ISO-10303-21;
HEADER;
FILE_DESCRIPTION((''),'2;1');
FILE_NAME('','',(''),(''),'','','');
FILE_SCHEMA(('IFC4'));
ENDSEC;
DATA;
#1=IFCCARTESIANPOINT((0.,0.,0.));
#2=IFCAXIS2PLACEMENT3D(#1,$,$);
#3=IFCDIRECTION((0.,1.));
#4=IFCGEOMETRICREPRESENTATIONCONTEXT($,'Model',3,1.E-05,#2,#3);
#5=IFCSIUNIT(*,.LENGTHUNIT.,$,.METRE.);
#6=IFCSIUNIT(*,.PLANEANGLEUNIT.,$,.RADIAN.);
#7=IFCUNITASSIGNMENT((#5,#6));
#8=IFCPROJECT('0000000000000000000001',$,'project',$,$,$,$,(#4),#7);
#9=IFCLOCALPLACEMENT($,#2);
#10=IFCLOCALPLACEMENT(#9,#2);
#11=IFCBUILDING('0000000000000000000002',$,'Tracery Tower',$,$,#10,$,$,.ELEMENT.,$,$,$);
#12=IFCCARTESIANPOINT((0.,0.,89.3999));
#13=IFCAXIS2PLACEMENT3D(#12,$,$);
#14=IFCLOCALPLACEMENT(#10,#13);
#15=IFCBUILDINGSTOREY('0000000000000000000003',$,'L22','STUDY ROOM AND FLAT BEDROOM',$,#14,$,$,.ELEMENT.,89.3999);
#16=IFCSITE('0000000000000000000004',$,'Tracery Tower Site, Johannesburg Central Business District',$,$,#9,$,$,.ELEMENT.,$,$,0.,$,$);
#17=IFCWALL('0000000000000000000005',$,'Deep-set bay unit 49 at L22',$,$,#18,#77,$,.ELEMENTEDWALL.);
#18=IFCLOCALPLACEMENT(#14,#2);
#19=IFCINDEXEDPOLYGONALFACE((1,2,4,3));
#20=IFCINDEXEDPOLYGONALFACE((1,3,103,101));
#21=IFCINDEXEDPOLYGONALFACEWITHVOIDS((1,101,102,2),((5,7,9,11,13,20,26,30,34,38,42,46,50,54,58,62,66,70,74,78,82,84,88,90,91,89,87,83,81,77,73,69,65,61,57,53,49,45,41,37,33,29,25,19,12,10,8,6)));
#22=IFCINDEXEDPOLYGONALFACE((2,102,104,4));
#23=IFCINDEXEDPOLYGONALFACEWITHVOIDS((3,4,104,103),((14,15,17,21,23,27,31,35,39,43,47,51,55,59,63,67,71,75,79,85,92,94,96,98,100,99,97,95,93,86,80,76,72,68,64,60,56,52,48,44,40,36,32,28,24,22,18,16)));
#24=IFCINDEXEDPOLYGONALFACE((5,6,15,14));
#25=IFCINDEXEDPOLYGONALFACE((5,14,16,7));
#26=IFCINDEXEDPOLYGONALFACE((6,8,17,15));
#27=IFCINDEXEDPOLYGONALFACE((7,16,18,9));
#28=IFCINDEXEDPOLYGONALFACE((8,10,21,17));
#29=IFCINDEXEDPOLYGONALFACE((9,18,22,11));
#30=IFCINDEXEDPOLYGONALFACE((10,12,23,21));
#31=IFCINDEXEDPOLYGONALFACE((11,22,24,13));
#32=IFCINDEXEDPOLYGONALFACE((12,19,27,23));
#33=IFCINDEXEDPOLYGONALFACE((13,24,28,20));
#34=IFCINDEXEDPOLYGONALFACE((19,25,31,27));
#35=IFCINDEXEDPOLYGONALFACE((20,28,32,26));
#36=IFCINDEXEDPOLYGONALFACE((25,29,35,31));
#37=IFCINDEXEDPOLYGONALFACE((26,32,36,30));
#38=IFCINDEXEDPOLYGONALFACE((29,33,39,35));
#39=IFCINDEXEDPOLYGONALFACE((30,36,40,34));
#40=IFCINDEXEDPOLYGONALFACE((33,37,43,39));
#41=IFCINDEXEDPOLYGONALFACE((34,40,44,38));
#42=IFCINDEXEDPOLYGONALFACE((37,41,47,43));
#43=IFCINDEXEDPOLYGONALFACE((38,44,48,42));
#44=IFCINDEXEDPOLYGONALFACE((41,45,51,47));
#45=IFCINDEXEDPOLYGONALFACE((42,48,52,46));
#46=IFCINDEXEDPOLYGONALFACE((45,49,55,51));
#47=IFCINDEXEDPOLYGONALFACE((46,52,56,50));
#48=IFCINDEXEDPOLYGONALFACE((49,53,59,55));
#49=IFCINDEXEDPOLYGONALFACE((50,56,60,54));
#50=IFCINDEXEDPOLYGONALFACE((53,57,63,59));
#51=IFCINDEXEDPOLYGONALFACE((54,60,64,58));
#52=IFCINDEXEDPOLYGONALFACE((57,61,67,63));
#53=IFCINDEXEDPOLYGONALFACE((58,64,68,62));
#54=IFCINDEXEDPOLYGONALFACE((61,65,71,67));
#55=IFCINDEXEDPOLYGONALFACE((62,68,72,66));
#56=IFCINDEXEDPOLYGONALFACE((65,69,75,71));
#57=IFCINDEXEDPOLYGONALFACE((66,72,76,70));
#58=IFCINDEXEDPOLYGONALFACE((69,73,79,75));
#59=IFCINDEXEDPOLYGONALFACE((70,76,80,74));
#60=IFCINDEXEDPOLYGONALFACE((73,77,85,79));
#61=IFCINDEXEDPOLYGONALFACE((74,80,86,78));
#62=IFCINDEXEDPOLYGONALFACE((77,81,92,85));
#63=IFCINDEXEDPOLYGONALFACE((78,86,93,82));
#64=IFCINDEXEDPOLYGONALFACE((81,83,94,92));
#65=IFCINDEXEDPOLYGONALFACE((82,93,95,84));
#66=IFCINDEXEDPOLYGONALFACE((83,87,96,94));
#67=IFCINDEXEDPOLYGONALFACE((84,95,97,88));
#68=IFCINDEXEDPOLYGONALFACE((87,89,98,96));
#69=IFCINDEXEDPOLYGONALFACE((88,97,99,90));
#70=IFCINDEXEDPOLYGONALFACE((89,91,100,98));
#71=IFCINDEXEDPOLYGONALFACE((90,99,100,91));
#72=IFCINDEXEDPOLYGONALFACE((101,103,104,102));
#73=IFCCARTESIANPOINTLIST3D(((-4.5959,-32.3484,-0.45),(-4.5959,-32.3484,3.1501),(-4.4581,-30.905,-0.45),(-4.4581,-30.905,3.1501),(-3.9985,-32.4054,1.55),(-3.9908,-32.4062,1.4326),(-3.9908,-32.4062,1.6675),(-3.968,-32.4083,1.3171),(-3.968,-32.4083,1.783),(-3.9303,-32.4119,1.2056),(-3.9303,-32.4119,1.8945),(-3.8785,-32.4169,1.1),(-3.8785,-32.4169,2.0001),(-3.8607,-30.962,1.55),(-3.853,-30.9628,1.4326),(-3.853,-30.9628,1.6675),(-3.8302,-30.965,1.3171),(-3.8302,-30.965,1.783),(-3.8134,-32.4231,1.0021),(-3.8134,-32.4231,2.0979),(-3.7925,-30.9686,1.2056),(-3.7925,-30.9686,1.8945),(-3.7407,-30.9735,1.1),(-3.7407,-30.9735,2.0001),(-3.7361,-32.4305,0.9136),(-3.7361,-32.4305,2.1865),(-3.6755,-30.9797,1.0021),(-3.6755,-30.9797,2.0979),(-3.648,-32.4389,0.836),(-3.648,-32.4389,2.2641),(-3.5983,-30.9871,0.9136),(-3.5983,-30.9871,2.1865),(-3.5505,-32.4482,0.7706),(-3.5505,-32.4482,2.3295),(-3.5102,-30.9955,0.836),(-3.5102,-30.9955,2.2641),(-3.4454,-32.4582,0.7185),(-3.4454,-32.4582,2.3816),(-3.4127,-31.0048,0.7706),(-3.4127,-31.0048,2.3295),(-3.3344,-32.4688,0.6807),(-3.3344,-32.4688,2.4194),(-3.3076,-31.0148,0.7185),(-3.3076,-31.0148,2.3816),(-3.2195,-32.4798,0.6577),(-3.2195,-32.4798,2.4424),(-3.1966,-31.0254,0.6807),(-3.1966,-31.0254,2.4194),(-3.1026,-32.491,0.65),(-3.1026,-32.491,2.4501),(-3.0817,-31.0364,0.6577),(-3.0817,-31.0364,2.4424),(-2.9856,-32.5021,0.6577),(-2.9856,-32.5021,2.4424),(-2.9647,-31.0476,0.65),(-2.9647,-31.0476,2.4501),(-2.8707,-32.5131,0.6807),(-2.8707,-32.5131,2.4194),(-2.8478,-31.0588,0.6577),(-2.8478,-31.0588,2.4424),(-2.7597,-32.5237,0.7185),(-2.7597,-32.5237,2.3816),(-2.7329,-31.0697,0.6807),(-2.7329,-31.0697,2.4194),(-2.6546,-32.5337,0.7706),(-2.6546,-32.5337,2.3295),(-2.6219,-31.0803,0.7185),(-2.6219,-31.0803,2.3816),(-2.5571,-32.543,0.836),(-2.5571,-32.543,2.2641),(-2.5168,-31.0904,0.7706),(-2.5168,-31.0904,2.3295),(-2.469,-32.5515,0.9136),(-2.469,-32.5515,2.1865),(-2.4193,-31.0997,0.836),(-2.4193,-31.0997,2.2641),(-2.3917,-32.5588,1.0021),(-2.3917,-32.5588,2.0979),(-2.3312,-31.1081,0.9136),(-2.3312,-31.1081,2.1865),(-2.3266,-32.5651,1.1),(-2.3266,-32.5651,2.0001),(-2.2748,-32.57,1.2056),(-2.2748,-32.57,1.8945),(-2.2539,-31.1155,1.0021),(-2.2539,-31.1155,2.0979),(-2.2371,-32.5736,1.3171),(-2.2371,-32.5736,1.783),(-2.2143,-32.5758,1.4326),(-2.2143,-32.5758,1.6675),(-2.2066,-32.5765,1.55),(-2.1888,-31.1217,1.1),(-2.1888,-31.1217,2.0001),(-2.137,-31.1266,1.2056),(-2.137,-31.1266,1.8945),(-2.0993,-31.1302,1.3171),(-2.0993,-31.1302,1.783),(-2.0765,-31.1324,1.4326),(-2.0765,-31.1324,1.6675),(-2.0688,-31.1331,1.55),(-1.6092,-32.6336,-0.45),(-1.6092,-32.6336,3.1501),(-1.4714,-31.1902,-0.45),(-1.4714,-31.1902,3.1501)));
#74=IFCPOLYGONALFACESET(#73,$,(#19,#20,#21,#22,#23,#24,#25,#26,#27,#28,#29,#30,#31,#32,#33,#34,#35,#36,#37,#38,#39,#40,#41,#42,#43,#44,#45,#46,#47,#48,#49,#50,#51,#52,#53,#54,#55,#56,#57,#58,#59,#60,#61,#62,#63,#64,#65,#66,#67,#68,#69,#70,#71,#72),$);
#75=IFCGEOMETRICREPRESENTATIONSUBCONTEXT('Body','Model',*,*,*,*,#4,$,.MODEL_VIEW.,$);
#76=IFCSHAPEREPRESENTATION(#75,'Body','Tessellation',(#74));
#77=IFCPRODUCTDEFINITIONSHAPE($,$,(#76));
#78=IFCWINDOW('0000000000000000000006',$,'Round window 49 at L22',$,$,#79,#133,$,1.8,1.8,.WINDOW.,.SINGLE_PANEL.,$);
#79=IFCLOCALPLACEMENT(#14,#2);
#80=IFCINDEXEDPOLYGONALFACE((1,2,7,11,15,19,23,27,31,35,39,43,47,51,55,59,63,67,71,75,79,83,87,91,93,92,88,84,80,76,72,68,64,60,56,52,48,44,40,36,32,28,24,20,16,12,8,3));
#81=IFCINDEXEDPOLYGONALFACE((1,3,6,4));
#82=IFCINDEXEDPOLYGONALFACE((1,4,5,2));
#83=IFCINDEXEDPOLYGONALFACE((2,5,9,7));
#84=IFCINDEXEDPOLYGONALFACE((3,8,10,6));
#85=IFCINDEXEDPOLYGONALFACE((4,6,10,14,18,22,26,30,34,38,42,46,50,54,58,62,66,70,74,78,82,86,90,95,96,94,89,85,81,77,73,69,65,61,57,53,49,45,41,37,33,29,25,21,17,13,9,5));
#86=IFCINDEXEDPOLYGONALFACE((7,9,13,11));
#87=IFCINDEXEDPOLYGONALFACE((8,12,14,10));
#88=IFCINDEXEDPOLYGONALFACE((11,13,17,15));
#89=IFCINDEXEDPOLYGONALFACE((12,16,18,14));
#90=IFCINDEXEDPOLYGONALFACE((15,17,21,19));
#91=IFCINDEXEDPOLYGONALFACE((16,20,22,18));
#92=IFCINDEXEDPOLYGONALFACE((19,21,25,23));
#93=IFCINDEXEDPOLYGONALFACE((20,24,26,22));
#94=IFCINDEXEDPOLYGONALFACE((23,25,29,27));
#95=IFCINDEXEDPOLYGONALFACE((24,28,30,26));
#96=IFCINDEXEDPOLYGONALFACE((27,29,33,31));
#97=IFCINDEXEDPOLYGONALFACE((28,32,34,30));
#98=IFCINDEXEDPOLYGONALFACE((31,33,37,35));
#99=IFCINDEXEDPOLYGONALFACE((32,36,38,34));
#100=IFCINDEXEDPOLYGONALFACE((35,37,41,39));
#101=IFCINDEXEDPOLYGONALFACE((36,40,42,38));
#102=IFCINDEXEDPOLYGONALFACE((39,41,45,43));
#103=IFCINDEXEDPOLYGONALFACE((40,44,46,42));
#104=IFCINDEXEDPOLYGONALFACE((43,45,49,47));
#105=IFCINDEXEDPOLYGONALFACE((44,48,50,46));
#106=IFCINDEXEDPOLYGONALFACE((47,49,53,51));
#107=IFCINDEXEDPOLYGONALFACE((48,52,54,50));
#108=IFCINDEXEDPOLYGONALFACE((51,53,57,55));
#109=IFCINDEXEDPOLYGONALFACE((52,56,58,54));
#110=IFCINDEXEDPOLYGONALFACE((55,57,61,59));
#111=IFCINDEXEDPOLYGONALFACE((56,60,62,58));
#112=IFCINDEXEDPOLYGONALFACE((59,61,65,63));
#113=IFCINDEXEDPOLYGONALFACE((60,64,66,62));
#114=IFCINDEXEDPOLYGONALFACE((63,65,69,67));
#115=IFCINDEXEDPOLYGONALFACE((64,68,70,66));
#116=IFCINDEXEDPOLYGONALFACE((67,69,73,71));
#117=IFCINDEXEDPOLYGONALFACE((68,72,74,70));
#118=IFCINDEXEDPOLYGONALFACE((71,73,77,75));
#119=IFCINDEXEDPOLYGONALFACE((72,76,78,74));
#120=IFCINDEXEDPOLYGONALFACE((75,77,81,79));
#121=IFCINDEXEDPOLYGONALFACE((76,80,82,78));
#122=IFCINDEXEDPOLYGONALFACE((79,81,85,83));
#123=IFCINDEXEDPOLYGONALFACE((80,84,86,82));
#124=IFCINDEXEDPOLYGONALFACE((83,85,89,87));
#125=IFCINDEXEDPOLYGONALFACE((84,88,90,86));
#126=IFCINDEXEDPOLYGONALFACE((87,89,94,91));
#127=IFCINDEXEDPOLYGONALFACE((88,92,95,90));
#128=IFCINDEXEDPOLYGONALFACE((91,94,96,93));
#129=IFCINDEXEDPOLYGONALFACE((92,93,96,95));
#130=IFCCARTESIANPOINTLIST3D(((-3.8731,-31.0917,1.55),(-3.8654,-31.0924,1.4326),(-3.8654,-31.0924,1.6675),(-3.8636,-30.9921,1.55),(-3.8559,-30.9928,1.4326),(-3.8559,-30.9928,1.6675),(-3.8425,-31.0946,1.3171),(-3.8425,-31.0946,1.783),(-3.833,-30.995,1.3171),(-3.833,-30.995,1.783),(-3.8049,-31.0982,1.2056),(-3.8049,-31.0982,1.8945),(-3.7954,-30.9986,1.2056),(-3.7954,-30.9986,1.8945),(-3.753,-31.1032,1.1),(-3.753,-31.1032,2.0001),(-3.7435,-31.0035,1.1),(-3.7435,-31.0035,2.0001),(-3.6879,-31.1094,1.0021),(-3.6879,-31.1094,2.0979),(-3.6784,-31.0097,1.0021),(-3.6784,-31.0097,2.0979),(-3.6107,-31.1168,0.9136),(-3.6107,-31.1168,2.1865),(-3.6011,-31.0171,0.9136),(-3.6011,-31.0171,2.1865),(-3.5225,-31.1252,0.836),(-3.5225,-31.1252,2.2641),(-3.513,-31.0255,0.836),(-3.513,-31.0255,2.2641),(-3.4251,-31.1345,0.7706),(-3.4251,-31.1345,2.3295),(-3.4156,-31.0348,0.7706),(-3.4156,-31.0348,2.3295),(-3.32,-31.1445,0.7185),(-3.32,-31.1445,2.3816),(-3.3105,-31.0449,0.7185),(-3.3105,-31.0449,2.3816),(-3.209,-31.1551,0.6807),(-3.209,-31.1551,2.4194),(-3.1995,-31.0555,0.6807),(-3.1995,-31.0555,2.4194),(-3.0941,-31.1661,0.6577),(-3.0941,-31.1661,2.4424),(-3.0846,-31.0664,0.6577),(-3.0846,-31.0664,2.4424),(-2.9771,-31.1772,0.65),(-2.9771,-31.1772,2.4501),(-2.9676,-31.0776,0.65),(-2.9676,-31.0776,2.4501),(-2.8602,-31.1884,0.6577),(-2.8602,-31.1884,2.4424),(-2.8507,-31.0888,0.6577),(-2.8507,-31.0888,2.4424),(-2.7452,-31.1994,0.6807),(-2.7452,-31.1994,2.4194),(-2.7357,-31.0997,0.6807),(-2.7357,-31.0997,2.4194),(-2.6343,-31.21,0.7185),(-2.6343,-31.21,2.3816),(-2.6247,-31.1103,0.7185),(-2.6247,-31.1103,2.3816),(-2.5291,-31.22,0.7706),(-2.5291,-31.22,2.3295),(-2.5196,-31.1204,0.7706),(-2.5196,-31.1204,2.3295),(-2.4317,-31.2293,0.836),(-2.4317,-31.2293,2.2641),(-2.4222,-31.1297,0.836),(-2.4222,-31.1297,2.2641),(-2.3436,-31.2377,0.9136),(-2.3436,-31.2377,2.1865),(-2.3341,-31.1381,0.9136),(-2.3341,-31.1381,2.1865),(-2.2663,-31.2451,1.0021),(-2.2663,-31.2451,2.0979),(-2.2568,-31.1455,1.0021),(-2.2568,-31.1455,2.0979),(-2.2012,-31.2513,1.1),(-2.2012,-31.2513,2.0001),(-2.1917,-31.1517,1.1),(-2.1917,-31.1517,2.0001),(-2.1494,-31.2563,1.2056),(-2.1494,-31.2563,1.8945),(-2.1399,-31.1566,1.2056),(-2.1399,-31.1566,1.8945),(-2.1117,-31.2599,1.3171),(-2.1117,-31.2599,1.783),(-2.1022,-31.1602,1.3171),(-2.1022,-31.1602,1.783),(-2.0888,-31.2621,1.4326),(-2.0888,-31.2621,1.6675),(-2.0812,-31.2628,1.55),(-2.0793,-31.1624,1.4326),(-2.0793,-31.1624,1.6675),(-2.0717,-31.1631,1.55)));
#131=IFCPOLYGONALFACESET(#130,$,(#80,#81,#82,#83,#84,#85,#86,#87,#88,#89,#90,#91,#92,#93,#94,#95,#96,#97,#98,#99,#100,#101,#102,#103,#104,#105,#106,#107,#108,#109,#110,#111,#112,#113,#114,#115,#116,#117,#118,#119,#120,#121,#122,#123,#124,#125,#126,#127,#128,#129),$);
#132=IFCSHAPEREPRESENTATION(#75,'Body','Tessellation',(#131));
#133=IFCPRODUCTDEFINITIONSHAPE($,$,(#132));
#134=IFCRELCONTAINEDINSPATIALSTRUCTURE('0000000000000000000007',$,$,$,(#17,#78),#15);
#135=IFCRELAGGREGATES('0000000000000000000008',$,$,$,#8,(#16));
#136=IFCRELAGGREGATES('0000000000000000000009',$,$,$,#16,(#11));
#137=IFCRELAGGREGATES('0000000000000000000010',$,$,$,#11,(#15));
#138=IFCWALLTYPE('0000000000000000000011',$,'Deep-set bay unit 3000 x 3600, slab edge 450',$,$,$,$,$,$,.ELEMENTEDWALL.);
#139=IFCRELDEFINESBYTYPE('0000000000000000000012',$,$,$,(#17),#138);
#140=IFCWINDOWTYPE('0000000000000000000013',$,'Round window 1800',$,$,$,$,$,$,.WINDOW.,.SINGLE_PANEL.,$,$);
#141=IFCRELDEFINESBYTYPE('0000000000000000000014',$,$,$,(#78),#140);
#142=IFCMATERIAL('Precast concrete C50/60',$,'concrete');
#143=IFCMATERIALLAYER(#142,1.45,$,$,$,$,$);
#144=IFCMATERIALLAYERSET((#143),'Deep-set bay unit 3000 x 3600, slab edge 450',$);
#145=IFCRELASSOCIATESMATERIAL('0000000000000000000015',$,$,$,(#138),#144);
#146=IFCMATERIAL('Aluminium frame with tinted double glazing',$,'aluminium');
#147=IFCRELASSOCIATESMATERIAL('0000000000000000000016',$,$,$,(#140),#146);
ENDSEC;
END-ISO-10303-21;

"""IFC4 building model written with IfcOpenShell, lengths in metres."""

from ifc_helpers import new_model, si_unit, direction, frame, frame_2d, origin, origin_2d, place, context, subcontext, project, spatial, rectangle, circle, extrude, material, layer, layer_set, type_object, element, fill, save


model = new_model("IFC4")

# Units and contexts
model_context = context("Model", 3, precision=1e-05, world=origin(), true_north=direction((0.0, 1.0)))
body_context = subcontext(model_context, "Body", "Model", "MODEL_VIEW")
ifc_project = project(units=[si_unit("LENGTHUNIT", "METRE"), si_unit("PLANEANGLEUNIT", "RADIAN")], contexts=[model_context])

# Site, building, storey
site_placement = place(None, origin())
site = spatial("IfcSite", under=ifc_project, at=site_placement, Name="Tracery Tower Site, Johannesburg Central Business District", CompositionType="ELEMENT", RefElevation=0.0)
building_placement = place(site_placement, origin())
building = spatial("IfcBuilding", under=site, at=building_placement, Name="Tracery Tower", CompositionType="ELEMENT")
storey_placement = place(building_placement, frame((0.0, 0.0, 89.3999)))
storey = spatial("IfcBuildingStorey", under=building, at=storey_placement, Name="L22", Description="STUDY ROOM AND FLAT BEDROOM", CompositionType="ELEMENT", Elevation=89.3999)

# Wall, opening, window
ifc_material_1 = material(Name="Precast concrete C50/60", Category="concrete")
ifc_layer_1 = layer(ifc_material_1, 1.45)
ifc_layer_set_1 = layer_set([ifc_layer_1], Name="Deep-set bay unit 3000 x 3600, slab edge 450")
wall_type_1 = type_object("IfcWallType", Name="Deep-set bay unit 3000 x 3600, slab edge 450", PredefinedType="ELEMENTEDWALL", material=ifc_layer_set_1)
ifc_material_2 = material(Name="Aluminium frame with tinted double glazing", Category="aluminium")
window_type = type_object("IfcWindowType", Name="Round window 1800", PartitioningType="SINGLE_PANEL", PredefinedType="WINDOW", material=ifc_material_2)
wall_1_placement = place(storey_placement, frame((-4.5269, -31.6267, -0.45), z_axis=(0.0, 0.0, 1.0), x_axis=(0.995473, -0.095047, 0.0)))
wall_1 = element("IfcWall", 1, at=wall_1_placement, inside=storey, type_object=wall_type_1, Name="Deep-set bay unit 49 at L22", PredefinedType="ELEMENTEDWALL", context=body_context, shape_type="SweptSolid", body=[
    extrude(rectangle(XDim=3.0002, YDim=1.45, at=frame_2d((1.5, 0.0))), origin(), (0.0, 0.0, 1.0), 3.6001),
])
opening_1_placement = place(wall_1_placement, frame((1.5, 0.0, 2.0)))
opening_1 = element("IfcOpeningElement", 2, at=opening_1_placement, cuts=wall_1, PredefinedType="OPENING", context=body_context, shape_type="SweptSolid", body=[
    extrude(circle(Radius=0.9, at=origin_2d()), frame((0.0, 0.7349, 0.0), z_axis=(0.0, -1.0, 0.0), x_axis=(1.0, 0.0, 0.0)), (0.0, 0.0, 1.0), 1.47),
])
window_1_placement = place(opening_1_placement, origin())
window_1 = element("IfcWindow", 3, at=window_1_placement, inside=storey, type_object=window_type, Name="Round window 49 at L22", OverallHeight=1.8, OverallWidth=1.8, PartitioningType="SINGLE_PANEL", PredefinedType="WINDOW", context=body_context, shape_type="SweptSolid", body=[
    extrude(circle(Radius=0.9, at=origin_2d()), frame((0.0, 0.6948, 0.0), z_axis=(0.0, -1.0, 0.0), x_axis=(1.0, 0.0, 0.0)), (0.0, 0.0, 1.0), 0.1001),
])
fill(opening_1, window_1)

save(model, "model.ifc")
